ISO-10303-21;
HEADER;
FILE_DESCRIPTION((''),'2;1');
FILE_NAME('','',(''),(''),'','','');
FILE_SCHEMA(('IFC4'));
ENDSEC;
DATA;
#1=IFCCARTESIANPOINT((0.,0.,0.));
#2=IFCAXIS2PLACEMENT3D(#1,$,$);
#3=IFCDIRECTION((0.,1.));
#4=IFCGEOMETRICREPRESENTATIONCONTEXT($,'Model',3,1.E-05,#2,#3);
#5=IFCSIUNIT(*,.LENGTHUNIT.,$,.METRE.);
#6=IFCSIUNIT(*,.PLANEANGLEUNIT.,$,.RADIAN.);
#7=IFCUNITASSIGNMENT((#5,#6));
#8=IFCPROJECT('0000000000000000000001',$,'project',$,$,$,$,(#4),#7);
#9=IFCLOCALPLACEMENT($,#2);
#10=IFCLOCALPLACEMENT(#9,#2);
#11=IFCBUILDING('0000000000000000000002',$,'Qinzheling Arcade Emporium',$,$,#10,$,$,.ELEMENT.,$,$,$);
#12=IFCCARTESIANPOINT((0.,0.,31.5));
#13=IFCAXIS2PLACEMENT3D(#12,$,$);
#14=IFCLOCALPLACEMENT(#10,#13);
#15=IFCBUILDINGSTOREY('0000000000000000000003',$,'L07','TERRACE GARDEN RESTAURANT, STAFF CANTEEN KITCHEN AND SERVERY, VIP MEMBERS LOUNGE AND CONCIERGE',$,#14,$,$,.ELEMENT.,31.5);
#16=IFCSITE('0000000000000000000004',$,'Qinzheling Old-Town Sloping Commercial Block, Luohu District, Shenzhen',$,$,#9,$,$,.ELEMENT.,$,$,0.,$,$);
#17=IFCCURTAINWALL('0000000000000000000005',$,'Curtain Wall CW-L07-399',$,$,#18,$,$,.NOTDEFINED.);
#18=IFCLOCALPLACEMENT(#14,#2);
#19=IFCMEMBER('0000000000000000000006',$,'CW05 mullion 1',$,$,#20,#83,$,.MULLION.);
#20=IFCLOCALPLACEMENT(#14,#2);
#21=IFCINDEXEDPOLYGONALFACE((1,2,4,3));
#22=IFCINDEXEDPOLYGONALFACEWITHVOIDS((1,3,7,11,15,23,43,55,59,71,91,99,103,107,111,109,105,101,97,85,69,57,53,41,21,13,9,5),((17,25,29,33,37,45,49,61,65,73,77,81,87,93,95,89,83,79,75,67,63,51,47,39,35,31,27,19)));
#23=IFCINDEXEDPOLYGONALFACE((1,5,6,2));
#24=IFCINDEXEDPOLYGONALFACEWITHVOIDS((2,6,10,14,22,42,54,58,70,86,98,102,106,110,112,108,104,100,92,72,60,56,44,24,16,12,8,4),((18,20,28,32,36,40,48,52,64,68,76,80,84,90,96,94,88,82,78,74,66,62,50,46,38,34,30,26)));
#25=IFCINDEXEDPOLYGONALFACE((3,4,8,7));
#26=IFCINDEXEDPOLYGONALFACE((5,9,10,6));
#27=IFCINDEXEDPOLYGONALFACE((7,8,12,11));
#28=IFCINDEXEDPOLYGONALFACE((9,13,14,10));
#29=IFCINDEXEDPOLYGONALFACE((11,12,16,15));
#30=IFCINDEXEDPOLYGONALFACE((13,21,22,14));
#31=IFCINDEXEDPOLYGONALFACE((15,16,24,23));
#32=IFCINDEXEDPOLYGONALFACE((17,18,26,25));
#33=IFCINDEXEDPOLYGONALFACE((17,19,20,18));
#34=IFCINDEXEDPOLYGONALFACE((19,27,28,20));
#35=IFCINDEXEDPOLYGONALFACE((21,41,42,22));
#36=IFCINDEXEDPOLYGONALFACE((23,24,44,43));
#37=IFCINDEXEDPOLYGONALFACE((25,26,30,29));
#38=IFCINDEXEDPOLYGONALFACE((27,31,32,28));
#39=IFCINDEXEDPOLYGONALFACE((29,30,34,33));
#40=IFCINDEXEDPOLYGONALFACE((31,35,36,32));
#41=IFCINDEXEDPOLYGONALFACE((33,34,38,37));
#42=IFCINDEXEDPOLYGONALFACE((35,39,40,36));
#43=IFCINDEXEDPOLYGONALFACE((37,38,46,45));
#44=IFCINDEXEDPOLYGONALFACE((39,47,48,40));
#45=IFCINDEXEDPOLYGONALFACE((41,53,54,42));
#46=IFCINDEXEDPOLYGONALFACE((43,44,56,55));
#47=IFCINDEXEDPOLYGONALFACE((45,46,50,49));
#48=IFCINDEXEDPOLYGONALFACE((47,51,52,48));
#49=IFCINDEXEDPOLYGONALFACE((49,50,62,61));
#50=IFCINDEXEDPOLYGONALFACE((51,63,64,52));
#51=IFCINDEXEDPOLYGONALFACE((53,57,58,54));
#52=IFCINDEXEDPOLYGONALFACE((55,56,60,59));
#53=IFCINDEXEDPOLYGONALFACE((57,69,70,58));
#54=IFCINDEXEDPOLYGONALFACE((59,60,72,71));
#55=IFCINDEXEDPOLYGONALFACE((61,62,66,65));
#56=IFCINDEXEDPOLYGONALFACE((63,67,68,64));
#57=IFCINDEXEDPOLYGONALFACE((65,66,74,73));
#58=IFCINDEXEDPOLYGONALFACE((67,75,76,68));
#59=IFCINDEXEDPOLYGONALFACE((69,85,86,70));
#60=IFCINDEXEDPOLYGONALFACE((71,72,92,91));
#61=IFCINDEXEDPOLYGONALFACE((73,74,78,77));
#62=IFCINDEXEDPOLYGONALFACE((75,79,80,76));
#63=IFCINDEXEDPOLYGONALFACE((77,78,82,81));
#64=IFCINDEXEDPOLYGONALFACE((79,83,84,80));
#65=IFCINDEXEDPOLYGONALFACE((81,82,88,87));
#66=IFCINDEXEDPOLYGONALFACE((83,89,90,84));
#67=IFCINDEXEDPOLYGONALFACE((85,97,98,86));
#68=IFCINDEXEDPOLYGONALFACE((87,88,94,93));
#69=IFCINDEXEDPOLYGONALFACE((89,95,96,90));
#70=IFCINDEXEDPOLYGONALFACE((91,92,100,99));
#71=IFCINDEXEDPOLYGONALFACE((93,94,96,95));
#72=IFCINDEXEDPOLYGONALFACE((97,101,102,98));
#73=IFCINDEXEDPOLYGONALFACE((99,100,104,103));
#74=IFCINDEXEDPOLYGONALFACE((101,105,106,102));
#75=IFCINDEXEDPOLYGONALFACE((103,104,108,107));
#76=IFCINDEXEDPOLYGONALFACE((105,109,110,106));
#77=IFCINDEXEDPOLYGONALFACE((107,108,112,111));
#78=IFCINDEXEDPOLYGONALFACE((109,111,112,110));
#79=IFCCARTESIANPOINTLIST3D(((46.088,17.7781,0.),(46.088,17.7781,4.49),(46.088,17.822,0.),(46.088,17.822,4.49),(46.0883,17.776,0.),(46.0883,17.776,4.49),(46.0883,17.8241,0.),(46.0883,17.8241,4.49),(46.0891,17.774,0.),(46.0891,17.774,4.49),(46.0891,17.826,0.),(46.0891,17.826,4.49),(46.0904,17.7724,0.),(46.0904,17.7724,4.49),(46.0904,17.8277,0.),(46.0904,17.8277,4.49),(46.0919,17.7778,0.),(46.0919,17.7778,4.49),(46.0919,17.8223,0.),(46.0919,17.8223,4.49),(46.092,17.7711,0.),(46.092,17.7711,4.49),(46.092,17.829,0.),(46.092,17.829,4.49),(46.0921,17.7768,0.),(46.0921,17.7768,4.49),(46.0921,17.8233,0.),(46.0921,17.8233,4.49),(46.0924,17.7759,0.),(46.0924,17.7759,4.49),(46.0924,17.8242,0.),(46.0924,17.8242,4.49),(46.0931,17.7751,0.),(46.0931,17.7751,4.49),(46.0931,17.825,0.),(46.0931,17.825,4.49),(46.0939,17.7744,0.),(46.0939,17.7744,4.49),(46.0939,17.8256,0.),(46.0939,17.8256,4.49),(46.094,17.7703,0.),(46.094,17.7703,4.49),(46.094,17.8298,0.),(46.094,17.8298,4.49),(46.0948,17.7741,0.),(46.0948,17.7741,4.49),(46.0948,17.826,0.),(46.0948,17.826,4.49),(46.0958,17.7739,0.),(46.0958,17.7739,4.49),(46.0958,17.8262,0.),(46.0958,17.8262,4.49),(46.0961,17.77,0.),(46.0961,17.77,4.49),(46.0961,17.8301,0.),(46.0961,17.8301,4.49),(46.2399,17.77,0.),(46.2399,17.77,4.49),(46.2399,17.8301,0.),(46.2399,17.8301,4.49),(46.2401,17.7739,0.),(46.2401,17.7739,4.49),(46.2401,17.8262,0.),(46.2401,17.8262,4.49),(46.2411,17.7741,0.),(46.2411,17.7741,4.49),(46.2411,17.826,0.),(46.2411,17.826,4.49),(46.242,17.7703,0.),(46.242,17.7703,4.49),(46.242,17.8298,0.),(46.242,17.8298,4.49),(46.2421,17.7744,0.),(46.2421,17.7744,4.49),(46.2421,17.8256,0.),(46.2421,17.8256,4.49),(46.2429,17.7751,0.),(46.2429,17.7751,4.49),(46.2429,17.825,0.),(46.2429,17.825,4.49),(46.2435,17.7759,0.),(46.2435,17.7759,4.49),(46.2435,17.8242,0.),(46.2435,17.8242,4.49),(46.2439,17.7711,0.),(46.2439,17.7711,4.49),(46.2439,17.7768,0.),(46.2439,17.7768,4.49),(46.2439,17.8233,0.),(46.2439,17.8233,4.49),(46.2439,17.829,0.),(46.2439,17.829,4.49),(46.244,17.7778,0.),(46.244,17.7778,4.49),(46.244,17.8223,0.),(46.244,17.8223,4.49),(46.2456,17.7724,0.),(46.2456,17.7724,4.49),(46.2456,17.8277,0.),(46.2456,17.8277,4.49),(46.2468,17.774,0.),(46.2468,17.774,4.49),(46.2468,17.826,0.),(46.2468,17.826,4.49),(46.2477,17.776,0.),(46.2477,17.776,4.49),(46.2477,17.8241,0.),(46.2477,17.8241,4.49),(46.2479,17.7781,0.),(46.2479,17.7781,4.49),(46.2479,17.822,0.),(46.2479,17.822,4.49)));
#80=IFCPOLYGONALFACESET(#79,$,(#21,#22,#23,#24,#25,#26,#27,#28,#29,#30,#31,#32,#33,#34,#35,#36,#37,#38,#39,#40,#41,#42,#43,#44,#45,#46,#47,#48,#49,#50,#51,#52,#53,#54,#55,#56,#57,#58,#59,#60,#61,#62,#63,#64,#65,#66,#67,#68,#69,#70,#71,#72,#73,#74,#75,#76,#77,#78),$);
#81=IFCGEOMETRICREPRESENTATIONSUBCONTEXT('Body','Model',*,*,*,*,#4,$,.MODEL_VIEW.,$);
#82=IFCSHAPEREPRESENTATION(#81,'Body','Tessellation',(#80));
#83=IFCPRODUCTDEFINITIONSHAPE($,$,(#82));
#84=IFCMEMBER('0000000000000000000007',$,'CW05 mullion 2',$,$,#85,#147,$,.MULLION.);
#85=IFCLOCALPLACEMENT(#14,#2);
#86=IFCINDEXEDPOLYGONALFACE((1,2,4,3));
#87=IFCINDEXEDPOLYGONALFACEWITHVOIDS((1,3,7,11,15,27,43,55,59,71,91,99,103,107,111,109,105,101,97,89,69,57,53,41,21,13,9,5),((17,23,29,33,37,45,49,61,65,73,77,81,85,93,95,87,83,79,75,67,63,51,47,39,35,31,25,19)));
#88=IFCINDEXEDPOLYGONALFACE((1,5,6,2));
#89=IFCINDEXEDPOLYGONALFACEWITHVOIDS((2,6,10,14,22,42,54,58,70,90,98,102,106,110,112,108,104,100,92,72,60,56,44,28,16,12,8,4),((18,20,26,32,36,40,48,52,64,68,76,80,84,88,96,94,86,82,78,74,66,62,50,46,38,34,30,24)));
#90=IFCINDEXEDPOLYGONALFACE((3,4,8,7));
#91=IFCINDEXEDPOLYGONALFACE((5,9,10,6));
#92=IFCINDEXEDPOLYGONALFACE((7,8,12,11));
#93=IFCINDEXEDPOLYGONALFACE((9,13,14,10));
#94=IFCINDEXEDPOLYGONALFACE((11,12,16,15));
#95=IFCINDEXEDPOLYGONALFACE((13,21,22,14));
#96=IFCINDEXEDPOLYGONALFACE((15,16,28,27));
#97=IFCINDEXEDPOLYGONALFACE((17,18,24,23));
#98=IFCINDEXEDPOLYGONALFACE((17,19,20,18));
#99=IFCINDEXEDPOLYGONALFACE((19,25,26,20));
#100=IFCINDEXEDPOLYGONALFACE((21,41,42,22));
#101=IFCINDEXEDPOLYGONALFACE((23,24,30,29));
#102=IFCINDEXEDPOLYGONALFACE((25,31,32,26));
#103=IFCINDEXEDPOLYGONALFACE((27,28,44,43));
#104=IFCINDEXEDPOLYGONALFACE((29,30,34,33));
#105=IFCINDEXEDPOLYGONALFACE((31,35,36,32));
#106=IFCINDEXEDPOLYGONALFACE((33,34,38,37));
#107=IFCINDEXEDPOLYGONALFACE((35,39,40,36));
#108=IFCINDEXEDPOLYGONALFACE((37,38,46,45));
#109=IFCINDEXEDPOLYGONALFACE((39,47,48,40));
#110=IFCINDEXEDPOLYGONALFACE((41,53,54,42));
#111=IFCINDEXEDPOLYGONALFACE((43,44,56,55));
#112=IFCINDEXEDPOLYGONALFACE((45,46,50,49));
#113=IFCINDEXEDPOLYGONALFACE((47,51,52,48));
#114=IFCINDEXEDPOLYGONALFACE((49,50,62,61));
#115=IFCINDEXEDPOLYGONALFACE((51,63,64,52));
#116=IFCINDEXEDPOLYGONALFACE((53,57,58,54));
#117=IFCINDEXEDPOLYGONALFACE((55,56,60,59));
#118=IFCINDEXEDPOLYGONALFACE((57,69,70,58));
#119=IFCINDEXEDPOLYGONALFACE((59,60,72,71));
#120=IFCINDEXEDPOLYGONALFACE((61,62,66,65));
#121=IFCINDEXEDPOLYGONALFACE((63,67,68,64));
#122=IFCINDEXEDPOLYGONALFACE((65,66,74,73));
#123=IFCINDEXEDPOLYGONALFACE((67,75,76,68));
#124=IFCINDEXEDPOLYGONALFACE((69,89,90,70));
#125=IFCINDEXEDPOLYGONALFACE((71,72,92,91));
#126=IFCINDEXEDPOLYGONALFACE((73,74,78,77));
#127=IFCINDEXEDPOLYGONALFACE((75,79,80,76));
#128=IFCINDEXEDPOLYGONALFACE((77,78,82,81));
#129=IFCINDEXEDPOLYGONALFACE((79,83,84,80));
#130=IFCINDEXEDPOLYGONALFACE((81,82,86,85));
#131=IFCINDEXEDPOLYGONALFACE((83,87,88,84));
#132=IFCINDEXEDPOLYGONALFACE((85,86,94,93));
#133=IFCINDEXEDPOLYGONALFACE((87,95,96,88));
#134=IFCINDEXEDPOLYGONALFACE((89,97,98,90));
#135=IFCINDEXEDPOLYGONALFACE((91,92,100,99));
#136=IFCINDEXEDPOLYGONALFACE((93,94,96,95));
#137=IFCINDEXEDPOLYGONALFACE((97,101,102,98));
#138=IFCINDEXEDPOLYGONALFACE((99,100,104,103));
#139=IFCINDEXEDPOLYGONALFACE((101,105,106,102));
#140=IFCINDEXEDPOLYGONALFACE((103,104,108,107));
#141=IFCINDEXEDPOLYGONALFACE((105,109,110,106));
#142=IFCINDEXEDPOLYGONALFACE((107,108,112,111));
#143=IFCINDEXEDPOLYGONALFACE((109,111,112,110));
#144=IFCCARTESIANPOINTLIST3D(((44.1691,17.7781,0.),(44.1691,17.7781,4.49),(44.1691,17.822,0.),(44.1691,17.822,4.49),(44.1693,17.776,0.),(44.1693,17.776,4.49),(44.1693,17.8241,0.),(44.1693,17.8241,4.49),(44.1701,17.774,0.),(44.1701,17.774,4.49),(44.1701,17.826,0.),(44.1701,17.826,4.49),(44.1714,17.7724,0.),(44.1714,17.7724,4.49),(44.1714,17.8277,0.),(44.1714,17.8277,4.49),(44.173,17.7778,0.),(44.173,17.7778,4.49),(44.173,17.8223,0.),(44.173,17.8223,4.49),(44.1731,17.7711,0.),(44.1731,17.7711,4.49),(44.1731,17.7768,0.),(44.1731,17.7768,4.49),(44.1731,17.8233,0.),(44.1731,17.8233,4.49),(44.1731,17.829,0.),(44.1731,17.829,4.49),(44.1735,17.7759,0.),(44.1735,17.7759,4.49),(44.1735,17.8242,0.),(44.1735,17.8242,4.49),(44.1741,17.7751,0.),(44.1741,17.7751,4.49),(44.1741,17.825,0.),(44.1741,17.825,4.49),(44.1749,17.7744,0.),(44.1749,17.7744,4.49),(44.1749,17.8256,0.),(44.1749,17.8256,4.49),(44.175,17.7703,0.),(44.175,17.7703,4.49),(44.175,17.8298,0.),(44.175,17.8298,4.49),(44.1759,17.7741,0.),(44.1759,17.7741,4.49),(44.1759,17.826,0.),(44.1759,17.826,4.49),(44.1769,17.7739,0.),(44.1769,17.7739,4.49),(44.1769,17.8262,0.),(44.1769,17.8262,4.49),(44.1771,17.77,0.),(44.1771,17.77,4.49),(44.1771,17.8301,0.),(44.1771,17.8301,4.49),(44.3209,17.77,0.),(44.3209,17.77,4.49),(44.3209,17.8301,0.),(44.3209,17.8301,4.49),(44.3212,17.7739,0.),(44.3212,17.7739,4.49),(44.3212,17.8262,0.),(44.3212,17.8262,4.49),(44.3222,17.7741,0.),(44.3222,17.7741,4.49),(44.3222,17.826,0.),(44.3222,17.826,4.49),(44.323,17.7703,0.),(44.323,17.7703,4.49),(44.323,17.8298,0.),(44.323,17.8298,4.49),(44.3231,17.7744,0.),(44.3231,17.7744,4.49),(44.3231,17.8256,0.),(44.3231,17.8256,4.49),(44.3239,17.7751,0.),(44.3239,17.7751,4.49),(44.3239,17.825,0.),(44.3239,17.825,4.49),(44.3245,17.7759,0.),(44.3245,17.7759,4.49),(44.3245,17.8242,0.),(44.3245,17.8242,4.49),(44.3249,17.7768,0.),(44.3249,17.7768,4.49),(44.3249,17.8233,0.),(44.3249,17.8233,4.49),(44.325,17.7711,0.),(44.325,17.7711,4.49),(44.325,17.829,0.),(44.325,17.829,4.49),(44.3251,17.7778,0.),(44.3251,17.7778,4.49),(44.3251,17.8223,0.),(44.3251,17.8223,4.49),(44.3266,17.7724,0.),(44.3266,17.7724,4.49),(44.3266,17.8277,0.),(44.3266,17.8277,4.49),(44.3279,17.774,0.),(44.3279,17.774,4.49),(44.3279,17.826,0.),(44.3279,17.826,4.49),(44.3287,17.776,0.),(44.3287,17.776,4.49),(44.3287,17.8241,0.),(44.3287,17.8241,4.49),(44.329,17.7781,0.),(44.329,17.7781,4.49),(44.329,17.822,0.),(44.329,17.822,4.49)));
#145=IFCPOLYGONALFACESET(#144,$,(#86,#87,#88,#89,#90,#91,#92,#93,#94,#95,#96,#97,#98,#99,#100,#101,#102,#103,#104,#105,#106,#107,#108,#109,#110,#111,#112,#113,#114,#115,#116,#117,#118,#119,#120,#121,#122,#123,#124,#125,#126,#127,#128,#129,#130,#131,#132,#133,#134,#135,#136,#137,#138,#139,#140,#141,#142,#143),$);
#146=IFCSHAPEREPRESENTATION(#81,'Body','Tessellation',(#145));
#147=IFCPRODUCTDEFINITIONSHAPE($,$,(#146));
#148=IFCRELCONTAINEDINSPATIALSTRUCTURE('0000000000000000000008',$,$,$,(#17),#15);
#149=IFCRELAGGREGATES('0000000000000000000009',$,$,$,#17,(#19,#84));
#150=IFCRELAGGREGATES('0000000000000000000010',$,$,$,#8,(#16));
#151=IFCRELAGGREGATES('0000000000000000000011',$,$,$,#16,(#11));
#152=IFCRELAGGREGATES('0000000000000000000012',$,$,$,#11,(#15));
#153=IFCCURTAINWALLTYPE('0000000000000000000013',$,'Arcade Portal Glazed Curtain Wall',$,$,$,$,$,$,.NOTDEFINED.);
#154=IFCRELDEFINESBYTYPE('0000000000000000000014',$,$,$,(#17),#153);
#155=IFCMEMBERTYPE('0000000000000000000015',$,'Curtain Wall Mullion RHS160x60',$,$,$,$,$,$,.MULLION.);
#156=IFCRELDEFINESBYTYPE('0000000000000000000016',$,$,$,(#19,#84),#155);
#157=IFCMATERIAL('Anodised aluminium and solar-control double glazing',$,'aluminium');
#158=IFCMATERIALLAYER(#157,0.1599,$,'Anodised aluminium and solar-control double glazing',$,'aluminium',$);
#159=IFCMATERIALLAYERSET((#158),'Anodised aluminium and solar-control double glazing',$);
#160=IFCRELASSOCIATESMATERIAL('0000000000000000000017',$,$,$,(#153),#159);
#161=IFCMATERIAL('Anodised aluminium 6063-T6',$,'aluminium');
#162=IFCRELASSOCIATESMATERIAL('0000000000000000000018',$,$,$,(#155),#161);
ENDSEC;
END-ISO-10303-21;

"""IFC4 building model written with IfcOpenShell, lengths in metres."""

from ifc_helpers import new_model, si_unit, direction, frame, origin, origin_2d, place, context, subcontext, project, spatial, hollow_rectangle, extrude, material, layer, layer_set, material_profile, profile_set, type_object, element, aggregate, save


model = new_model("IFC4")

# Units and contexts
model_context = context("Model", 3, precision=1e-05, world=origin(), true_north=direction((0.0, 1.0)))
body_context = subcontext(model_context, "Body", "Model", "MODEL_VIEW")
ifc_project = project(units=[si_unit("LENGTHUNIT", "METRE"), si_unit("PLANEANGLEUNIT", "RADIAN")], contexts=[model_context])

# Site, building, storey
site_placement = place(None, origin())
site = spatial("IfcSite", under=ifc_project, at=site_placement, Name="Qinzheling Old-Town Sloping Commercial Block, Luohu District, Shenzhen", CompositionType="ELEMENT", RefElevation=0.0)
building_placement = place(site_placement, origin())
building = spatial("IfcBuilding", under=site, at=building_placement, Name="Qinzheling Arcade Emporium", CompositionType="ELEMENT")
storey_placement = place(building_placement, frame((0.0, 0.0, 31.5)))
storey = spatial("IfcBuildingStorey", under=building, at=storey_placement, Name="L07", Description="TERRACE GARDEN RESTAURANT, STAFF CANTEEN KITCHEN AND SERVERY, VIP MEMBERS LOUNGE AND CONCIERGE", CompositionType="ELEMENT", Elevation=31.5)

# Curtain wall, members
ifc_material_1 = material(Name="Anodised aluminium and solar-control double glazing", Category="aluminium")
ifc_layer_1 = layer(ifc_material_1, 0.1599, Name="Anodised aluminium and solar-control double glazing", Category="aluminium")
ifc_layer_set_1 = layer_set([ifc_layer_1], Name="Anodised aluminium and solar-control double glazing")
curtain_wall_type = type_object("IfcCurtainWallType", Name="Arcade Portal Glazed Curtain Wall", PredefinedType="NOTDEFINED", material=ifc_layer_set_1)
ifc_material_2 = material(Name="Anodised aluminium 6063-T6", Category="aluminium")
ifc_material_profile_1 = material_profile(ifc_material_2, hollow_rectangle(XDim=0.0601, YDim=0.1599, WallThickness=0.0039, InnerFilletRadius=0.0039, OuterFilletRadius=0.0081, at=origin_2d()), Name="RHS 160x60x4", Category="aluminium")
ifc_profile_set_1 = profile_set([ifc_material_profile_1], Name="Anodised aluminium 6063-T6")
member_type_1 = type_object("IfcMemberType", Name="Curtain Wall Mullion RHS160x60", PredefinedType="MULLION", material=ifc_profile_set_1)
curtain_wall_1_placement = place(storey_placement, origin())
curtain_wall_1 = element("IfcCurtainWall", 1, at=curtain_wall_1_placement, inside=storey, type_object=curtain_wall_type, Name="Curtain Wall CW-L07-399", PredefinedType="NOTDEFINED")
member_1_placement = place(storey_placement, frame((46.168, 17.8, 0.0), z_axis=(0.0, 0.0, 1.0), x_axis=(0.0, -1.0, 0.0)))
member_1 = element("IfcMember", 2, at=member_1_placement, type_object=member_type_1, Name="CW05 mullion 1", PredefinedType="MULLION", context=body_context, shape_type="SweptSolid", body=[
    extrude(hollow_rectangle(XDim=0.0601, YDim=0.1599, WallThickness=0.0039, InnerFilletRadius=0.0039, OuterFilletRadius=0.0081, at=origin_2d()), origin(), (0.0, 0.0, 1.0), 4.49),
])
member_2_placement = place(storey_placement, frame((44.249, 17.8, 0.0), z_axis=(0.0, 0.0, 1.0), x_axis=(0.0, -1.0, 0.0)))
member_2 = element("IfcMember", 3, at=member_2_placement, type_object=member_type_1, Name="CW05 mullion 2", PredefinedType="MULLION", context=body_context, shape_type="SweptSolid", body=[
    extrude(hollow_rectangle(XDim=0.0601, YDim=0.1599, WallThickness=0.0039, InnerFilletRadius=0.0039, OuterFilletRadius=0.0081, at=origin_2d()), origin(), (0.0, 0.0, 1.0), 4.49),
])

aggregate(curtain_wall_1, [member_1, member_2])

save(model, "model.ifc")
